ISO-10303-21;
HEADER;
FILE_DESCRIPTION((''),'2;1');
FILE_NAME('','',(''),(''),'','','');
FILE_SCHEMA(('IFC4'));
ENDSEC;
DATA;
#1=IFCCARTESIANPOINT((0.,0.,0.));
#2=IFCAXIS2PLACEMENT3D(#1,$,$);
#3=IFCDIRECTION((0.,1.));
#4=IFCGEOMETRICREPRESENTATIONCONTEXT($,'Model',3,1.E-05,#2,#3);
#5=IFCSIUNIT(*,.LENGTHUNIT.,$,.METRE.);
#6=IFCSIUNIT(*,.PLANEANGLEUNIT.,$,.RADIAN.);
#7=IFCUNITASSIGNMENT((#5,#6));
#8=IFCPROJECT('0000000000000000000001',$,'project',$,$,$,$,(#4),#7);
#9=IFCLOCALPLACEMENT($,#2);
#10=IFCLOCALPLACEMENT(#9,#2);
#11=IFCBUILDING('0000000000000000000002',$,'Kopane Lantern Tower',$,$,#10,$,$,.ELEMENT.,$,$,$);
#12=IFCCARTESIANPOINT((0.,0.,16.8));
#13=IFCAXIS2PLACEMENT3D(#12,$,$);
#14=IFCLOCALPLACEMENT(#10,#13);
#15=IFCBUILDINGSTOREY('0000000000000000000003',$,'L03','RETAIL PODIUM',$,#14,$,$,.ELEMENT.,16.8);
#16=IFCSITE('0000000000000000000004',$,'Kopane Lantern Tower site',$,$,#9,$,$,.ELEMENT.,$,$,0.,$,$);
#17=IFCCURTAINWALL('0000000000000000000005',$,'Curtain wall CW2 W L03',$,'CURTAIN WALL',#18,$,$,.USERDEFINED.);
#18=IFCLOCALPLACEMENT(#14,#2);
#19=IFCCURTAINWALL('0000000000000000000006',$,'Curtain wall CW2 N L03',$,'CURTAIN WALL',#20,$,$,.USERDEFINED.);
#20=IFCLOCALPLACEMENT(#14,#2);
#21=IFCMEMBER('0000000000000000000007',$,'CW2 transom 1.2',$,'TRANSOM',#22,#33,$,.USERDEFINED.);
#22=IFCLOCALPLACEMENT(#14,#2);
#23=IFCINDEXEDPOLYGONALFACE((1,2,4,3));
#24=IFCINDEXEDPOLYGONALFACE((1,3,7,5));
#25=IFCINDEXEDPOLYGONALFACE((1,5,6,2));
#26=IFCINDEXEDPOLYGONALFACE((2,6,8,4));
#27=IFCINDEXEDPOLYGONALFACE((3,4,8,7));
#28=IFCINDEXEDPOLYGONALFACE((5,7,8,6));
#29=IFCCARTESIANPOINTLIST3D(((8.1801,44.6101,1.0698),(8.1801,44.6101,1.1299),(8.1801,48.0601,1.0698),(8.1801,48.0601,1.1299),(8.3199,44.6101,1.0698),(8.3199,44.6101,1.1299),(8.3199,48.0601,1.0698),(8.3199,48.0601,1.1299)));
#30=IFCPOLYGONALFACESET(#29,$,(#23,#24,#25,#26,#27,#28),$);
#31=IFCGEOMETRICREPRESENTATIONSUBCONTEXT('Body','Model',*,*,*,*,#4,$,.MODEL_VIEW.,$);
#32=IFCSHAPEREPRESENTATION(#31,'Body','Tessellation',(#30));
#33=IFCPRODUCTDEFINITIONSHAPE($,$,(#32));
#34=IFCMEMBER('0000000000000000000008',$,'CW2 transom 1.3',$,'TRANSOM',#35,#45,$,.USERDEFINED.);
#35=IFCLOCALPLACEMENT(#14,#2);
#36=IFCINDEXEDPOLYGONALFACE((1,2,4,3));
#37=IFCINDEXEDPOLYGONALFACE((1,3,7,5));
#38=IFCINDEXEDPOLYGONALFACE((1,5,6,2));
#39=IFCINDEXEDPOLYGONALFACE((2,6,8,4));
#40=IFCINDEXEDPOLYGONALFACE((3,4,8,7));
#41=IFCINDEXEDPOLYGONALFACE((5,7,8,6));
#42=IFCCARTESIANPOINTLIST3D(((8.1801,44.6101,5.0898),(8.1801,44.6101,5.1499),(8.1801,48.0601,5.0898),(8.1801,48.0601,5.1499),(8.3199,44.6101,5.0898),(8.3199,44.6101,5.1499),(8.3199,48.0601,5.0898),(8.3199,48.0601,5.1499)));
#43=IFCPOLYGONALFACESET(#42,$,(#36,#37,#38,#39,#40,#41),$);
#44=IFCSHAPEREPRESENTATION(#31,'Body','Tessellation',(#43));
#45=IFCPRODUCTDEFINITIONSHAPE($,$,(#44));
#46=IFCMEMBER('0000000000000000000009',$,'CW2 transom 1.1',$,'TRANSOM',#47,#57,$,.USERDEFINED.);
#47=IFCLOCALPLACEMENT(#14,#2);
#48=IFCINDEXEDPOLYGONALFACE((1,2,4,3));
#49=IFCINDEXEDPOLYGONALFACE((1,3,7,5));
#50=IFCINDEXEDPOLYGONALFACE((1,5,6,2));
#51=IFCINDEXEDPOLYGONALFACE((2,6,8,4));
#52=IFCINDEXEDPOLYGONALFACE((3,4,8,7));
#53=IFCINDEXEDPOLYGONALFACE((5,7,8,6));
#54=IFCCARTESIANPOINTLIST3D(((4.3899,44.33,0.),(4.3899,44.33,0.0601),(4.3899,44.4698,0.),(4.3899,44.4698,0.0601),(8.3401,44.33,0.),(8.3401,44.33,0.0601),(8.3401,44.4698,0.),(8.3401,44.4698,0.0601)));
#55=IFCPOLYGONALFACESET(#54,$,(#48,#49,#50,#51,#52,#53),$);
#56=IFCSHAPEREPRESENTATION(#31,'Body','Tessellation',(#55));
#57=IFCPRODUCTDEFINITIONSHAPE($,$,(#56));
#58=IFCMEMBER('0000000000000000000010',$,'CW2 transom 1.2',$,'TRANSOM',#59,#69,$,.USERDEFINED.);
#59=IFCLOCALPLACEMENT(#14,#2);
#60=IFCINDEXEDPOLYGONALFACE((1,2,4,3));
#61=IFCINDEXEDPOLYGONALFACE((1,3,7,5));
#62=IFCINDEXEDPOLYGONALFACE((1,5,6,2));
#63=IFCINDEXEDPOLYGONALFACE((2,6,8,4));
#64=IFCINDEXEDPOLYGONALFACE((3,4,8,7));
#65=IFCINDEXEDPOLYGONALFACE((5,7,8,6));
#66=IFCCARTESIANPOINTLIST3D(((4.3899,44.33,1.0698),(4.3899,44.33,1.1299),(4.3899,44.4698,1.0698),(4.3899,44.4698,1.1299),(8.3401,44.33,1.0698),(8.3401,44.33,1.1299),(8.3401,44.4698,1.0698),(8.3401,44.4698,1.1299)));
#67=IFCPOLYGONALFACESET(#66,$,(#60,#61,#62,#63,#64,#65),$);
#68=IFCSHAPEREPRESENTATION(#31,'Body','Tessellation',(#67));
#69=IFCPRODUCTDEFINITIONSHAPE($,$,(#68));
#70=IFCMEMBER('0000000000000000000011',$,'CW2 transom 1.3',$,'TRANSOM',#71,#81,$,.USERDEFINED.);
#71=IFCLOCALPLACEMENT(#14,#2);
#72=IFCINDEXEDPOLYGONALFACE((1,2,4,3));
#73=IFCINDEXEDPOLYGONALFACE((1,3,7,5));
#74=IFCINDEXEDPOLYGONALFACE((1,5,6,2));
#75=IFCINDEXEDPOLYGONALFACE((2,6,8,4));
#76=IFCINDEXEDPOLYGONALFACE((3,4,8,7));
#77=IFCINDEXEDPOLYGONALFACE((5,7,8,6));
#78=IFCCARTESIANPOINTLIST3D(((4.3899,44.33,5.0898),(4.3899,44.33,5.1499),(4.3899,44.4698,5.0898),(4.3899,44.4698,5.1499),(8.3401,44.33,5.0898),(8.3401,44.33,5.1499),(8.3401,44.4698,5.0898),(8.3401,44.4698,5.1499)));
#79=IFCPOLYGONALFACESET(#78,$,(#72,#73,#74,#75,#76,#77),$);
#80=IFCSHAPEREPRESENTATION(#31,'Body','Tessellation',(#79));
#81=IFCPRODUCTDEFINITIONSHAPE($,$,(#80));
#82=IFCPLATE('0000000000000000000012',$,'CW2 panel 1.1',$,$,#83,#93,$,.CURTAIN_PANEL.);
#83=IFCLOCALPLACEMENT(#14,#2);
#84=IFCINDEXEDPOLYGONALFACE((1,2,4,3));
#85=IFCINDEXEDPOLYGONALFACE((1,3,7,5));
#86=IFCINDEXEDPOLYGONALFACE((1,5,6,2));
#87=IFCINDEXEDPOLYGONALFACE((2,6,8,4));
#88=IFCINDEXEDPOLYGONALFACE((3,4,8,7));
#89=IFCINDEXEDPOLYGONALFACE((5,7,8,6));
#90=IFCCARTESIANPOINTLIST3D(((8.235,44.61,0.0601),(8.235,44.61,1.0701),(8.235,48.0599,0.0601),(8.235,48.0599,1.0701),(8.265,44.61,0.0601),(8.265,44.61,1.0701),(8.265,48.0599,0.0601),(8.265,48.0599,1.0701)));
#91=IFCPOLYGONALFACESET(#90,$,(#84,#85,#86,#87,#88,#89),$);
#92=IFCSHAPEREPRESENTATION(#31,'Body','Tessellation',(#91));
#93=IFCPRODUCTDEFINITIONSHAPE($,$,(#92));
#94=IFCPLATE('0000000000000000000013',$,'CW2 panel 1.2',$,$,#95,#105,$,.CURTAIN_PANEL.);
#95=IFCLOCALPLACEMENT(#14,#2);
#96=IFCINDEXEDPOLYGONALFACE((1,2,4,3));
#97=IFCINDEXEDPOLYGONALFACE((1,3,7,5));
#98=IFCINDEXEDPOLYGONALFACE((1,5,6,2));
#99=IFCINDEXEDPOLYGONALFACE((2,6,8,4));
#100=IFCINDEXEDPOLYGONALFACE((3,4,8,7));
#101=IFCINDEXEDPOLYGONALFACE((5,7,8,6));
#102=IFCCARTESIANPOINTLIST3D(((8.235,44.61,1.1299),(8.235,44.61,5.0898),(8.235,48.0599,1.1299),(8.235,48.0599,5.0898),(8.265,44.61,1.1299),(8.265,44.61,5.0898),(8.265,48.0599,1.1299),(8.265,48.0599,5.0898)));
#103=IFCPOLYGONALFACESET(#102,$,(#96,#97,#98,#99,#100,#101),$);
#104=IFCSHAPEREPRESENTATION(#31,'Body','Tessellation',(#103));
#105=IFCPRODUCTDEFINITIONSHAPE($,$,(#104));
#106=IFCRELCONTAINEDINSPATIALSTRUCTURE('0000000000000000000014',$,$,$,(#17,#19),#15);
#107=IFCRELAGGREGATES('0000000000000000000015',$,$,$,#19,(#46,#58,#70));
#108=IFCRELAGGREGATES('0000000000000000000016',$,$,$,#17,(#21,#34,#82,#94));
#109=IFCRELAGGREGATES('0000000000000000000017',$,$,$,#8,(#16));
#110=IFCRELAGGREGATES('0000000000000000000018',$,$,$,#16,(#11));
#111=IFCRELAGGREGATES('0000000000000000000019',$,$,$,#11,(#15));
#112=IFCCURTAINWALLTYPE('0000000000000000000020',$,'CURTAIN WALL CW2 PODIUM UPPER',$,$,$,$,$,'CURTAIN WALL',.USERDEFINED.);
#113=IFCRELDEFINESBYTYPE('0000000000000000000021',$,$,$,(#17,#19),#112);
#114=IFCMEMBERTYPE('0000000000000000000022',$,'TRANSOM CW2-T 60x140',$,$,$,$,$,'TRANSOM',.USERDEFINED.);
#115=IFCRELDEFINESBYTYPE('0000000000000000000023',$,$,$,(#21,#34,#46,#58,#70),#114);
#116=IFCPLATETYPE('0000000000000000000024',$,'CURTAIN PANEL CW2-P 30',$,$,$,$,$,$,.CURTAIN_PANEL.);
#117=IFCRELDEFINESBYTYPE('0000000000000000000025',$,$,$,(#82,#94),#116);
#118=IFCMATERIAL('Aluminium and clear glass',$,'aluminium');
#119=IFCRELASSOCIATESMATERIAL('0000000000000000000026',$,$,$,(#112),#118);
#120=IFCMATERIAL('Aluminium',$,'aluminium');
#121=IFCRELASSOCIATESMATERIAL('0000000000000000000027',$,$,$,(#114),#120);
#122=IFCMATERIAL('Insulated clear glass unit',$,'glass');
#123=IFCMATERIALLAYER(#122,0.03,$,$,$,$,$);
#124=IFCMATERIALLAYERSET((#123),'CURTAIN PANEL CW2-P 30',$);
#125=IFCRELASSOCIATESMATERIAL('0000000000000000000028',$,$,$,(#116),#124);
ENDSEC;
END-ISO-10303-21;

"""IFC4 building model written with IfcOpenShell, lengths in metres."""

from ifc_helpers import new_model, si_unit, direction, frame, origin, origin_2d, place, context, subcontext, project, spatial, rectangle, extrude, material, layer, layer_set, material_profile, profile_set, type_object, element, aggregate, save


model = new_model("IFC4")

# Units and contexts
model_context = context("Model", 3, precision=1e-05, world=origin(), true_north=direction((0.0, 1.0)))
body_context = subcontext(model_context, "Body", "Model", "MODEL_VIEW")
ifc_project = project(units=[si_unit("LENGTHUNIT", "METRE"), si_unit("PLANEANGLEUNIT", "RADIAN")], contexts=[model_context])

# Site, building, storey
site_placement = place(None, origin())
site = spatial("IfcSite", under=ifc_project, at=site_placement, Name="Kopane Lantern Tower site", CompositionType="ELEMENT", RefElevation=0.0)
building_placement = place(site_placement, origin())
building = spatial("IfcBuilding", under=site, at=building_placement, Name="Kopane Lantern Tower", CompositionType="ELEMENT")
storey_placement = place(building_placement, frame((0.0, 0.0, 16.8)))
storey = spatial("IfcBuildingStorey", under=building, at=storey_placement, Name="L03", Description="RETAIL PODIUM", CompositionType="ELEMENT", Elevation=16.8)

# Curtain wall
ifc_material_1 = material(Name="Aluminium and clear glass", Category="aluminium")
curtain_wall_type = type_object("IfcCurtainWallType", Name="CURTAIN WALL CW2 PODIUM UPPER", ElementType="CURTAIN WALL", PredefinedType="USERDEFINED", material=ifc_material_1)
curtain_wall_1_placement = place(storey_placement, origin())
curtain_wall_1 = element("IfcCurtainWall", 1, at=curtain_wall_1_placement, inside=storey, type_object=curtain_wall_type, Name="Curtain wall CW2 W L03", ObjectType="CURTAIN WALL", PredefinedType="USERDEFINED")

# Curtain wall
curtain_wall_2_placement = place(storey_placement, origin())
curtain_wall_2 = element("IfcCurtainWall", 2, at=curtain_wall_2_placement, inside=storey, type_object=curtain_wall_type, Name="Curtain wall CW2 N L03", ObjectType="CURTAIN WALL", PredefinedType="USERDEFINED")

# Members
ifc_material_2 = material(Name="Aluminium", Category="aluminium")
ifc_material_profile_1 = material_profile(ifc_material_2, rectangle(XDim=0.1399, YDim=0.0601, at=origin_2d()), Name="AL 140x60")
ifc_profile_set_1 = profile_set([ifc_material_profile_1], Name="Aluminium")
member_type_1 = type_object("IfcMemberType", Name="TRANSOM CW2-T 60x140", ElementType="TRANSOM", PredefinedType="USERDEFINED", material=ifc_profile_set_1)
member_1_placement = place(storey_placement, frame((8.25, 48.0601, 1.0999), z_axis=(0.0, -1.0, 0.0), x_axis=(1.0, 0.0, 0.0)))
member_1 = element("IfcMember", 3, at=member_1_placement, type_object=member_type_1, Name="CW2 transom 1.2", ObjectType="TRANSOM", PredefinedType="USERDEFINED", context=body_context, shape_type="SweptSolid", body=[
    extrude(rectangle(XDim=0.1399, YDim=0.0601, at=origin_2d()), origin(), (0.0, 0.0, 1.0), 3.45),
])
member_2_placement = place(storey_placement, frame((8.25, 48.0601, 5.1199), z_axis=(0.0, -1.0, 0.0), x_axis=(1.0, 0.0, 0.0)))
member_2 = element("IfcMember", 4, at=member_2_placement, type_object=member_type_1, Name="CW2 transom 1.3", ObjectType="TRANSOM", PredefinedType="USERDEFINED", context=body_context, shape_type="SweptSolid", body=[
    extrude(rectangle(XDim=0.1399, YDim=0.0601, at=origin_2d()), origin(), (0.0, 0.0, 1.0), 3.45),
])
member_3_placement = place(storey_placement, frame((8.3401, 44.3999, 0.03), z_axis=(-1.0, 0.0, 0.0), x_axis=(0.0, -1.0, 0.0)))
member_3 = element("IfcMember", 5, at=member_3_placement, type_object=member_type_1, Name="CW2 transom 1.1", ObjectType="TRANSOM", PredefinedType="USERDEFINED", context=body_context, shape_type="SweptSolid", body=[
    extrude(rectangle(XDim=0.1399, YDim=0.0601, at=origin_2d()), origin(), (0.0, 0.0, 1.0), 3.9502),
])
member_4_placement = place(storey_placement, frame((8.3401, 44.3999, 1.0999), z_axis=(-1.0, 0.0, 0.0), x_axis=(0.0, -1.0, 0.0)))
member_4 = element("IfcMember", 6, at=member_4_placement, type_object=member_type_1, Name="CW2 transom 1.2", ObjectType="TRANSOM", PredefinedType="USERDEFINED", context=body_context, shape_type="SweptSolid", body=[
    extrude(rectangle(XDim=0.1399, YDim=0.0601, at=origin_2d()), origin(), (0.0, 0.0, 1.0), 3.9502),
])
member_5_placement = place(storey_placement, frame((8.3401, 44.3999, 5.1199), z_axis=(-1.0, 0.0, 0.0), x_axis=(0.0, -1.0, 0.0)))
member_5 = element("IfcMember", 7, at=member_5_placement, type_object=member_type_1, Name="CW2 transom 1.3", ObjectType="TRANSOM", PredefinedType="USERDEFINED", context=body_context, shape_type="SweptSolid", body=[
    extrude(rectangle(XDim=0.1399, YDim=0.0601, at=origin_2d()), origin(), (0.0, 0.0, 1.0), 3.9502),
])
aggregate(curtain_wall_2, [member_3, member_4, member_5])

# Plates
ifc_material_3 = material(Name="Insulated clear glass unit", Category="glass")
ifc_layer_1 = layer(ifc_material_3, 0.03)
ifc_layer_set_1 = layer_set([ifc_layer_1], Name="CURTAIN PANEL CW2-P 30")
plate_type = type_object("IfcPlateType", Name="CURTAIN PANEL CW2-P 30", PredefinedType="CURTAIN_PANEL", material=ifc_layer_set_1)
plate_1_placement = place(storey_placement, frame((8.25, 46.335, 0.0601), z_axis=(0.0, 0.0, 1.0), x_axis=(0.0, -1.0, 0.0)))
plate_1 = element("IfcPlate", 8, at=plate_1_placement, type_object=plate_type, Name="CW2 panel 1.1", PredefinedType="CURTAIN_PANEL", context=body_context, shape_type="SweptSolid", body=[
    extrude(rectangle(XDim=3.45, YDim=0.03, at=origin_2d()), origin(), (0.0, 0.0, 1.0), 1.01),
])
plate_2_placement = place(storey_placement, frame((8.25, 46.335, 1.1299), z_axis=(0.0, 0.0, 1.0), x_axis=(0.0, -1.0, 0.0)))
plate_2 = element("IfcPlate", 9, at=plate_2_placement, type_object=plate_type, Name="CW2 panel 1.2", PredefinedType="CURTAIN_PANEL", context=body_context, shape_type="SweptSolid", body=[
    extrude(rectangle(XDim=3.45, YDim=0.03, at=origin_2d()), origin(), (0.0, 0.0, 1.0), 3.96),
])
aggregate(curtain_wall_1, [member_1, member_2, plate_1, plate_2])

save(model, "model.ifc")
